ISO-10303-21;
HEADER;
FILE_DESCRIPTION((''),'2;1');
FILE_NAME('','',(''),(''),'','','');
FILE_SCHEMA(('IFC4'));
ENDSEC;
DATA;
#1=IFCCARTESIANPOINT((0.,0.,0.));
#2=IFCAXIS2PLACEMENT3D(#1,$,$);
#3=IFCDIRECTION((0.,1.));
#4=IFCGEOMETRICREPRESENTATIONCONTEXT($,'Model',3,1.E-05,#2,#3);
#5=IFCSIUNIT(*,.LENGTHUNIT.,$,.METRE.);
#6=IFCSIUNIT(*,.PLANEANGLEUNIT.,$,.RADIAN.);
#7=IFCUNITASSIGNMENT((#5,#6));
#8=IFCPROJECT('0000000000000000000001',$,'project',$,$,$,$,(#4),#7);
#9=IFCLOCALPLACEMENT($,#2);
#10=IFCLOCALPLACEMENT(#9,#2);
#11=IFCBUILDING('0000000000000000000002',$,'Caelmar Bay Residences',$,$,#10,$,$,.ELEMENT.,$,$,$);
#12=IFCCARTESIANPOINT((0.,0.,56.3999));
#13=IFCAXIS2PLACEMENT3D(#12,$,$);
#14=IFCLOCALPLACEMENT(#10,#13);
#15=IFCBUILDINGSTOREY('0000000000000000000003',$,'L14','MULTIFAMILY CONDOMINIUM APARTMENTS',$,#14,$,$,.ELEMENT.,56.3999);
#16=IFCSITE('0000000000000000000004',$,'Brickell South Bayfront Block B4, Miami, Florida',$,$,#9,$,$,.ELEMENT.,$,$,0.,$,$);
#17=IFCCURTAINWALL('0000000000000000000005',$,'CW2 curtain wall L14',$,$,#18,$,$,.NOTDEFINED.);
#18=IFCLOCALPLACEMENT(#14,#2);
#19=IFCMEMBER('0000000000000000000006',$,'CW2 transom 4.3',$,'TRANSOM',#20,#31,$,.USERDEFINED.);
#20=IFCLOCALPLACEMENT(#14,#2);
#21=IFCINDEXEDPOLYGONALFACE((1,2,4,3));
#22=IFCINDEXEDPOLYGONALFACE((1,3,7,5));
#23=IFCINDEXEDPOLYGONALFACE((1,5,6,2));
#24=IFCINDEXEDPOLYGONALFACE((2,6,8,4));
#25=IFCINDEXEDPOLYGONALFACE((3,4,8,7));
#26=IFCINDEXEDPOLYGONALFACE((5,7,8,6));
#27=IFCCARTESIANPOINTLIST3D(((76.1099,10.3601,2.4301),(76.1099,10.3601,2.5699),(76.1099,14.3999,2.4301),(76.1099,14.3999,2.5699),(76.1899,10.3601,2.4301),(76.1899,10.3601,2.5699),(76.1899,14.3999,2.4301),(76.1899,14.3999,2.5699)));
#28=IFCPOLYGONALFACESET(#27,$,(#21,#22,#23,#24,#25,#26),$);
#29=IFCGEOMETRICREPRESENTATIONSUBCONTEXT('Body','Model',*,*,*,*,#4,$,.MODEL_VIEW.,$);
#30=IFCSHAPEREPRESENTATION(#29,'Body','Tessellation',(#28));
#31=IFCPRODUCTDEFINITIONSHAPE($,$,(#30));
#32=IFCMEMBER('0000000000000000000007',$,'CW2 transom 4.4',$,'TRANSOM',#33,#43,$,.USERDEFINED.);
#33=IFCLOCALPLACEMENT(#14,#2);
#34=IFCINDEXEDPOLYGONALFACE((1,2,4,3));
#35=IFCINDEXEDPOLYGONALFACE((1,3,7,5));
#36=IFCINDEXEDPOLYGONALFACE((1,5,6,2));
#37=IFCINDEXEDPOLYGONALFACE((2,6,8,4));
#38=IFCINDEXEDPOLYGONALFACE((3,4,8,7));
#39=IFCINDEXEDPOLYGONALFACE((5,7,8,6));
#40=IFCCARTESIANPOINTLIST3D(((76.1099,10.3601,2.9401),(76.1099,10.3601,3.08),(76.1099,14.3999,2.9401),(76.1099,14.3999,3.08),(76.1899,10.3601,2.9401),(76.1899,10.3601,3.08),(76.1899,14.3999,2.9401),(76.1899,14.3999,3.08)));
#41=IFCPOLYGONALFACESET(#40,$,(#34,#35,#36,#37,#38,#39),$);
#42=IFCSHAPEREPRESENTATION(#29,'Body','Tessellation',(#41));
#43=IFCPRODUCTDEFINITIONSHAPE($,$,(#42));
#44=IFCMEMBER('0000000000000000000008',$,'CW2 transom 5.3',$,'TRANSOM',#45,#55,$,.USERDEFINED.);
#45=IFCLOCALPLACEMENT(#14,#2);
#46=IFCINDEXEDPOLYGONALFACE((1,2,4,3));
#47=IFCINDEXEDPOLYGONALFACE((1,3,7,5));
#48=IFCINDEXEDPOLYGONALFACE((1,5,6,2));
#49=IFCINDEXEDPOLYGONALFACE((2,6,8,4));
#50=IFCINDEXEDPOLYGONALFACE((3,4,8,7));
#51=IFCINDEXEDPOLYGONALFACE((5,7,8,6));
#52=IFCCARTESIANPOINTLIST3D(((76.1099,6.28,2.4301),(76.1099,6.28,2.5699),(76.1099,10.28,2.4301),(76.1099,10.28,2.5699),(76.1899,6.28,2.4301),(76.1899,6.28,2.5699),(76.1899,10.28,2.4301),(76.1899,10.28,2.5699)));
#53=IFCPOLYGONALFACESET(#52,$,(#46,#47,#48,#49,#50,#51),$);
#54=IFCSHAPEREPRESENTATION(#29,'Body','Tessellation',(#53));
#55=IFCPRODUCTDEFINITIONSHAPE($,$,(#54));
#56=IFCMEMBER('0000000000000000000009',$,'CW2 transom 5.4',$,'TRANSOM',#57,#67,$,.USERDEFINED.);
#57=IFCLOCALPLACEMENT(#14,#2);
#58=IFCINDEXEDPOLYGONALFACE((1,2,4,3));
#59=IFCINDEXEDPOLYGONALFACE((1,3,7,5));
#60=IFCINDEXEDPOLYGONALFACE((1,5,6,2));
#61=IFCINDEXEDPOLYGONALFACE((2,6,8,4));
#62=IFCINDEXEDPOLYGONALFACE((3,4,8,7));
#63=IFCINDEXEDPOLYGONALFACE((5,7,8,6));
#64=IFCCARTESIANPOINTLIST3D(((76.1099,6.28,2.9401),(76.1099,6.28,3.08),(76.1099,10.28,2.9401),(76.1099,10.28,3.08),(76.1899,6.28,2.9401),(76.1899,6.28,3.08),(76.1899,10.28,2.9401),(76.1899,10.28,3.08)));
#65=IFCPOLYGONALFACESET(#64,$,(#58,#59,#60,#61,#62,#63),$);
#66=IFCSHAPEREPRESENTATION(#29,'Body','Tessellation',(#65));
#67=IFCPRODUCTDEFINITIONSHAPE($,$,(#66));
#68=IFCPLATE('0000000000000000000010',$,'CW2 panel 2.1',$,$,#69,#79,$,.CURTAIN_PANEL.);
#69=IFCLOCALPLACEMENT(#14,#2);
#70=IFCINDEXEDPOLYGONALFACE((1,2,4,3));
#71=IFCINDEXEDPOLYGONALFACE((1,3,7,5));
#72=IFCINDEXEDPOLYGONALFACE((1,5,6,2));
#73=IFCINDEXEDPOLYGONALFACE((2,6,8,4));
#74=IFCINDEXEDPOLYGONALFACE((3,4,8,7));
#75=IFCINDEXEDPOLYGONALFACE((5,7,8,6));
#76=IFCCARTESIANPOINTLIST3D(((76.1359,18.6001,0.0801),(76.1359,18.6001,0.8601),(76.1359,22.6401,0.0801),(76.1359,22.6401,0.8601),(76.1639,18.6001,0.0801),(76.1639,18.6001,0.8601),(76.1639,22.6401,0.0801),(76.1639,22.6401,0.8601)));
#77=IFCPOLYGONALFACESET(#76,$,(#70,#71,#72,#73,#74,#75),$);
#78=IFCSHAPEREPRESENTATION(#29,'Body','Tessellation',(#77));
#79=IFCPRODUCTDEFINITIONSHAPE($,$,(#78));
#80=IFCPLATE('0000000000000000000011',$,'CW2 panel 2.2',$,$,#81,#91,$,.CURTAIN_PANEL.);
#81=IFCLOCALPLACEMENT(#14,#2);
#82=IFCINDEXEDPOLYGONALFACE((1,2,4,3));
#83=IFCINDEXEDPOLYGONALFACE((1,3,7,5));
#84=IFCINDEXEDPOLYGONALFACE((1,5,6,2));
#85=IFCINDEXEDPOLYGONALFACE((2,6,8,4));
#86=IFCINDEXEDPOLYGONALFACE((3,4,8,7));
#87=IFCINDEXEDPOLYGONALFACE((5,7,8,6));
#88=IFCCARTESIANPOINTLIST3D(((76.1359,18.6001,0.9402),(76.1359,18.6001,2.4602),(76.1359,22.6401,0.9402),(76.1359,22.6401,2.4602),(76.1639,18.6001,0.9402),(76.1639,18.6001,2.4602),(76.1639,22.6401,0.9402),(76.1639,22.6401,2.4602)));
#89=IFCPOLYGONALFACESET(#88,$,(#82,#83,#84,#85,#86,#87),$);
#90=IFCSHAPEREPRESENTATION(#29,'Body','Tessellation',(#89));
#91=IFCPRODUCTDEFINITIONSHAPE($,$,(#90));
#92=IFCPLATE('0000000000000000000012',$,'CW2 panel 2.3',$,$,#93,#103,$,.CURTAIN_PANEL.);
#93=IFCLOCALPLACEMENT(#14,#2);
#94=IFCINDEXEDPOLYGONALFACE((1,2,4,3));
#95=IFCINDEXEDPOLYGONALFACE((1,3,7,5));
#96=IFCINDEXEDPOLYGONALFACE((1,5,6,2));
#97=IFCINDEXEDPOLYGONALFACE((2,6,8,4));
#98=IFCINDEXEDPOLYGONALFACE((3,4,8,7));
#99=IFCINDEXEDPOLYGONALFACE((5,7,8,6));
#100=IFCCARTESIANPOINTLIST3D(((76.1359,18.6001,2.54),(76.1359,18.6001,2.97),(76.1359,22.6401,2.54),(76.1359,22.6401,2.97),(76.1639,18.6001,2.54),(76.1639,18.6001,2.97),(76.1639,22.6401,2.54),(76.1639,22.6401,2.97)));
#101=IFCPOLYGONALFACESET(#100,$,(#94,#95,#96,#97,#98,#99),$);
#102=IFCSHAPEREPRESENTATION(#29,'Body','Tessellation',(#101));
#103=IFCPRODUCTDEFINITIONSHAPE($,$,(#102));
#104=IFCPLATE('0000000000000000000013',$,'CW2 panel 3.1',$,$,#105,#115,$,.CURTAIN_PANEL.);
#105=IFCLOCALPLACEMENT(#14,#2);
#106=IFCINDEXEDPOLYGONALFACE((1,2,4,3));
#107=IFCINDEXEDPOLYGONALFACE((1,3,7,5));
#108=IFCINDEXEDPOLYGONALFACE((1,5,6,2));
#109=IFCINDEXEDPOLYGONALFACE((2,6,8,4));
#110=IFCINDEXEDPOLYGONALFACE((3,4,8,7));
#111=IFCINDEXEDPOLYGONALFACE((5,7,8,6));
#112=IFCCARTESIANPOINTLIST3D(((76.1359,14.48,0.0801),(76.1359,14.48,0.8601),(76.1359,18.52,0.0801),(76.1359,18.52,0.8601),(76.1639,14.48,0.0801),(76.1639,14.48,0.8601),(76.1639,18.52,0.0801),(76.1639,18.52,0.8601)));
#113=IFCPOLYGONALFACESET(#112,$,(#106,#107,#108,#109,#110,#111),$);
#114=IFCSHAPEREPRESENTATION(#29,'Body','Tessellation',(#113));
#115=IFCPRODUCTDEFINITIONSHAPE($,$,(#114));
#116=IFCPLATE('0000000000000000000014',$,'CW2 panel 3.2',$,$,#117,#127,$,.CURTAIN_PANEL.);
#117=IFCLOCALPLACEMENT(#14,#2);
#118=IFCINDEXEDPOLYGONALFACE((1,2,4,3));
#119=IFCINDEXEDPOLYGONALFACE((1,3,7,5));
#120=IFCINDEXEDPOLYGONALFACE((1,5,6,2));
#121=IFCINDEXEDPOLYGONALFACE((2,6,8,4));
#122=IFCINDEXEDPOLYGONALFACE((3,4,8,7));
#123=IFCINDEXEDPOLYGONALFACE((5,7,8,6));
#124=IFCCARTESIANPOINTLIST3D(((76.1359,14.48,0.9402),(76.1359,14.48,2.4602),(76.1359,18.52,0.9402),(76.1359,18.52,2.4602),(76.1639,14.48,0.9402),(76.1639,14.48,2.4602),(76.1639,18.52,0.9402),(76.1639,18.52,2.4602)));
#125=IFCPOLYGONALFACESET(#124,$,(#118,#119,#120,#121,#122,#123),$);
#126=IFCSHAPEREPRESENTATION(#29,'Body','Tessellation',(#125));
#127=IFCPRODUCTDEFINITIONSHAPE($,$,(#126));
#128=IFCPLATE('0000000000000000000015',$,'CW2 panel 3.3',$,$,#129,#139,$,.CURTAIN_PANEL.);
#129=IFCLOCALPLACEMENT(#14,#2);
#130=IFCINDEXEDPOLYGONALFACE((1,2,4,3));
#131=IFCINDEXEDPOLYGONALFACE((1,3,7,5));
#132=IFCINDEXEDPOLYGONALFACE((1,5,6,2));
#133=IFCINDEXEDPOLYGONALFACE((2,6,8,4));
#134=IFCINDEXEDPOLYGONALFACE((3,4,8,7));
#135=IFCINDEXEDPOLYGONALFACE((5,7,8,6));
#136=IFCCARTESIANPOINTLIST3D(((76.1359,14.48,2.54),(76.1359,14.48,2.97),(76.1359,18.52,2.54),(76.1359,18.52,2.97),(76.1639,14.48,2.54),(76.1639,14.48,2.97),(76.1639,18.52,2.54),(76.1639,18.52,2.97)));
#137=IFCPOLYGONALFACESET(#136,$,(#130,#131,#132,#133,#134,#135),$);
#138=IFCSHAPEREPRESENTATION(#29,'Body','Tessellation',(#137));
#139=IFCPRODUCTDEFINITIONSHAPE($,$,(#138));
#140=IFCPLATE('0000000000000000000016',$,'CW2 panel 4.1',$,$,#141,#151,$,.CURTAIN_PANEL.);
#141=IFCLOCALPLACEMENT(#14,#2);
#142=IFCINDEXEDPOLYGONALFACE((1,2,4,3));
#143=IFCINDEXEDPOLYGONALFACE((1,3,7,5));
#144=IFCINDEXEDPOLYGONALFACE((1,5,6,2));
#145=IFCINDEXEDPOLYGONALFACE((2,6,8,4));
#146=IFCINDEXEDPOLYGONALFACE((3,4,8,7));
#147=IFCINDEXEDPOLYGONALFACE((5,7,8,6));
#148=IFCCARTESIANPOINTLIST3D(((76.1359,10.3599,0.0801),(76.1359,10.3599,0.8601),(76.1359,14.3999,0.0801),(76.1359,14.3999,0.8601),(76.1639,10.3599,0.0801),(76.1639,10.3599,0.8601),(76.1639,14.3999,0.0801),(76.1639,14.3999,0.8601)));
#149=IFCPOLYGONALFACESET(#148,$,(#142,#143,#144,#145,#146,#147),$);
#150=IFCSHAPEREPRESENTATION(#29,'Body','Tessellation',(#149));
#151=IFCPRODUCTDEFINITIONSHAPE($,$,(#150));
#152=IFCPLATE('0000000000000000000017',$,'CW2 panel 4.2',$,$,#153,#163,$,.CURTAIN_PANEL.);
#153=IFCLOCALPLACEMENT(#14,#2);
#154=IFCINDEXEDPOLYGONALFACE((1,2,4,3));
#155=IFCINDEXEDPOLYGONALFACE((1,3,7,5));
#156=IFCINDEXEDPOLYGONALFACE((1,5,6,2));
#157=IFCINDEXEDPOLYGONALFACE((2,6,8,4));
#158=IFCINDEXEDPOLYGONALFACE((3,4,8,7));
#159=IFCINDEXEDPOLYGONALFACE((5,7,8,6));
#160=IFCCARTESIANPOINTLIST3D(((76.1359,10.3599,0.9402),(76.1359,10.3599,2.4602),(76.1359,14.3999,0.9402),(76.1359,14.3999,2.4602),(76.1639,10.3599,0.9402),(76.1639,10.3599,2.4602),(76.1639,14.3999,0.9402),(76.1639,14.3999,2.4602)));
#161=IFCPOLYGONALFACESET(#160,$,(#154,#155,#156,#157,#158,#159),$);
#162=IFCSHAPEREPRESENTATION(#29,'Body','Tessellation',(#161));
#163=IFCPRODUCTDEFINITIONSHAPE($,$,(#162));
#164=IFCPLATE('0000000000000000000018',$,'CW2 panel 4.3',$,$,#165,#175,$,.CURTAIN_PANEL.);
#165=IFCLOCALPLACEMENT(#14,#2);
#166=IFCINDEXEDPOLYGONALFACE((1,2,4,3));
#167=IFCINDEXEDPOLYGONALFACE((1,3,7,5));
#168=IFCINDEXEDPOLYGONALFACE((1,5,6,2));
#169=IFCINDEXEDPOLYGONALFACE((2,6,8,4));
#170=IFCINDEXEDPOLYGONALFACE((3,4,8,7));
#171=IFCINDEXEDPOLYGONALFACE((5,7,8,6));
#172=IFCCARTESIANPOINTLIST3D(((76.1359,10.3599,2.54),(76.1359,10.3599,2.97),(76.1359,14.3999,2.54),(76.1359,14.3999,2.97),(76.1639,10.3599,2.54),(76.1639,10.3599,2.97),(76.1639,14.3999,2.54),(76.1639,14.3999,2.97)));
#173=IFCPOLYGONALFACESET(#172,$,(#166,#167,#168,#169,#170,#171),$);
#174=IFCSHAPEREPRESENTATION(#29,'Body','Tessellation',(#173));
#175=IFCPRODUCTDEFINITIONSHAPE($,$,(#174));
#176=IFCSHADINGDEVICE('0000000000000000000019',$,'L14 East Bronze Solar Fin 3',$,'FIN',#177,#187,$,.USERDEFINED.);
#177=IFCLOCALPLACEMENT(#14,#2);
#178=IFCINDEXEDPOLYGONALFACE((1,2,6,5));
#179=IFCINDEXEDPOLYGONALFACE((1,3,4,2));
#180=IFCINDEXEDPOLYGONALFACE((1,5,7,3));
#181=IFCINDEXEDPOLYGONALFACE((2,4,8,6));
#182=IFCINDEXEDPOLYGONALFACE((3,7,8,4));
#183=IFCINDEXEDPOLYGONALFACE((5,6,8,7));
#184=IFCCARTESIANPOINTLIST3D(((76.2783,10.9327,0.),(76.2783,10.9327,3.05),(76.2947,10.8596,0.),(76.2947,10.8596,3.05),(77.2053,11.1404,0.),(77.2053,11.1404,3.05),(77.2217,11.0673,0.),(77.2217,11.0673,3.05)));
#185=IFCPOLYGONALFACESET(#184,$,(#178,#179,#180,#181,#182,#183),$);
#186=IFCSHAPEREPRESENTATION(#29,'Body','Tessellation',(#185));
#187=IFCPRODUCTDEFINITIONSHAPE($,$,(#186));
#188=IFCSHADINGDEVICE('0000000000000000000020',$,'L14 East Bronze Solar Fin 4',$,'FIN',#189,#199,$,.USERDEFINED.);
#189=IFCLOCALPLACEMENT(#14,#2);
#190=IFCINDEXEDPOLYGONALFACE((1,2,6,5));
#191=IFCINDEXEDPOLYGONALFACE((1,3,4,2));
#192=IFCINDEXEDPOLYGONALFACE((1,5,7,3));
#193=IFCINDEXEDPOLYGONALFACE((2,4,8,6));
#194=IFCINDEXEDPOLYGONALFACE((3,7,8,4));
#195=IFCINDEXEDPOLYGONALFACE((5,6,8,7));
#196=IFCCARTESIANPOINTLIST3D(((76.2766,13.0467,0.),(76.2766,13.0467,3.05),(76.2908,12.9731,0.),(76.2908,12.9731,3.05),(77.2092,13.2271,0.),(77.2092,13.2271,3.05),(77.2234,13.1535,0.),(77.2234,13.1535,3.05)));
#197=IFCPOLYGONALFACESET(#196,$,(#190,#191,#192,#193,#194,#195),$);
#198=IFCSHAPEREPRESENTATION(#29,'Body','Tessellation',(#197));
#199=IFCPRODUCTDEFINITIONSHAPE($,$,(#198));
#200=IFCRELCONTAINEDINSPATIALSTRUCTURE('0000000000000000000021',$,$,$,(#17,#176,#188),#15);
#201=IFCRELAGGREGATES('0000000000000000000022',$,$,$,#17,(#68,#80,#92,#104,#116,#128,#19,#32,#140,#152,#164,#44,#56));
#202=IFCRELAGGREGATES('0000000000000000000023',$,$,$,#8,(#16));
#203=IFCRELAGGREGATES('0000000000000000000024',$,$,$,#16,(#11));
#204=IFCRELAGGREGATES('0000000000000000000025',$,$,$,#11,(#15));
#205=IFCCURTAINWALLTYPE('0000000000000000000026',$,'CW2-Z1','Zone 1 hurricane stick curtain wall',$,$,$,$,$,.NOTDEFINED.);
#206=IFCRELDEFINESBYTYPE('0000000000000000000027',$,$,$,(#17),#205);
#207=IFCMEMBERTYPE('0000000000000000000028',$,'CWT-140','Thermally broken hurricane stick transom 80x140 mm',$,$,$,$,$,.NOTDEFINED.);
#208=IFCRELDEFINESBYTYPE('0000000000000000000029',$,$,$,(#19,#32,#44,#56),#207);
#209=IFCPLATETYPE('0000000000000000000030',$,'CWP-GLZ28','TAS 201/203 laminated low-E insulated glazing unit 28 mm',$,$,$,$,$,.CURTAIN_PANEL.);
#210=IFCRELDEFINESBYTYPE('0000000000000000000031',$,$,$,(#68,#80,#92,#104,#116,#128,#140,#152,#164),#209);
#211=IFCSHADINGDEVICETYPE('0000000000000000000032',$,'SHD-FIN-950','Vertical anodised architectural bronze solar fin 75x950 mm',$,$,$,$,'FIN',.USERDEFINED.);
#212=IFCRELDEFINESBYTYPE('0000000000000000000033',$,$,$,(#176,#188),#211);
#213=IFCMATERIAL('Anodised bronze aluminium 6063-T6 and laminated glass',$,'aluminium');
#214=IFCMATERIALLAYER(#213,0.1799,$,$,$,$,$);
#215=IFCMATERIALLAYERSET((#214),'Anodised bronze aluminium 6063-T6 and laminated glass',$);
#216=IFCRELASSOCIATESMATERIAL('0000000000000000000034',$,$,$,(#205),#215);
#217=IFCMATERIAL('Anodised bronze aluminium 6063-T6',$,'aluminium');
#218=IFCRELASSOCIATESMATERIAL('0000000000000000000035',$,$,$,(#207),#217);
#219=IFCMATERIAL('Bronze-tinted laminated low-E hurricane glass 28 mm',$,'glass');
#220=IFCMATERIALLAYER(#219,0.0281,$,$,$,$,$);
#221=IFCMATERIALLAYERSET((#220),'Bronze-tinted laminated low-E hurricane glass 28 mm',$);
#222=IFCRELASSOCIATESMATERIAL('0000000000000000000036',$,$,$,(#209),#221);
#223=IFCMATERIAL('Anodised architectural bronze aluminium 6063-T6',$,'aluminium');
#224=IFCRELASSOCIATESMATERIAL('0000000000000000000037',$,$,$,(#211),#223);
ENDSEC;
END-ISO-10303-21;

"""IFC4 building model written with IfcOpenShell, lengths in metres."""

from ifc_helpers import new_model, si_unit, direction, frame, origin, origin_2d, place, context, subcontext, project, spatial, rectangle, extrude, material, layer, layer_set, material_profile, profile_set, type_object, element, aggregate, save


model = new_model("IFC4")

# Units and contexts
model_context = context("Model", 3, precision=1e-05, world=origin(), true_north=direction((0.0, 1.0)))
body_context = subcontext(model_context, "Body", "Model", "MODEL_VIEW")
ifc_project = project(units=[si_unit("LENGTHUNIT", "METRE"), si_unit("PLANEANGLEUNIT", "RADIAN")], contexts=[model_context])

# Site, building, storey
site_placement = place(None, origin())
site = spatial("IfcSite", under=ifc_project, at=site_placement, Name="Brickell South Bayfront Block B4, Miami, Florida", CompositionType="ELEMENT", RefElevation=0.0)
building_placement = place(site_placement, origin())
building = spatial("IfcBuilding", under=site, at=building_placement, Name="Caelmar Bay Residences", CompositionType="ELEMENT")
storey_placement = place(building_placement, frame((0.0, 0.0, 56.3999)))
storey = spatial("IfcBuildingStorey", under=building, at=storey_placement, Name="L14", Description="MULTIFAMILY CONDOMINIUM APARTMENTS", CompositionType="ELEMENT", Elevation=56.3999)

# Curtain wall, members, plates
ifc_material_1 = material(Name="Anodised bronze aluminium 6063-T6 and laminated glass", Category="aluminium")
ifc_layer_1 = layer(ifc_material_1, 0.1799)
ifc_layer_set_1 = layer_set([ifc_layer_1], Name="Anodised bronze aluminium 6063-T6 and laminated glass")
curtain_wall_type = type_object("IfcCurtainWallType", Name="CW2-Z1", Description="Zone 1 hurricane stick curtain wall", PredefinedType="NOTDEFINED", material=ifc_layer_set_1)
curtain_wall_placement = place(storey_placement, origin())
curtain_wall = element("IfcCurtainWall", 1, at=curtain_wall_placement, inside=storey, type_object=curtain_wall_type, Name="CW2 curtain wall L14", PredefinedType="NOTDEFINED")
ifc_material_2 = material(Name="Anodised bronze aluminium 6063-T6", Category="aluminium")
ifc_material_profile_1 = material_profile(ifc_material_2, rectangle(XDim=0.0801, YDim=0.1399, at=origin_2d()), Name="CWT-80X140")
ifc_profile_set_1 = profile_set([ifc_material_profile_1], Name="Anodised bronze aluminium 6063-T6")
member_type_1 = type_object("IfcMemberType", Name="CWT-140", Description="Thermally broken hurricane stick transom 80x140 mm", PredefinedType="NOTDEFINED", material=ifc_profile_set_1)
member_1_placement = place(storey_placement, frame((76.1499, 14.3999, 2.5), z_axis=(0.0, -1.0, 0.0), x_axis=(1.0, 0.0, 0.0)))
member_1 = element("IfcMember", 2, at=member_1_placement, type_object=member_type_1, Name="CW2 transom 4.3", ObjectType="TRANSOM", PredefinedType="USERDEFINED", context=body_context, shape_type="SweptSolid", body=[
    extrude(rectangle(XDim=0.0801, YDim=0.1399, at=origin_2d()), origin(), (0.0, 0.0, 1.0), 4.0398),
])
member_2_placement = place(storey_placement, frame((76.1499, 14.3999, 3.01), z_axis=(0.0, -1.0, 0.0), x_axis=(1.0, 0.0, 0.0)))
member_2 = element("IfcMember", 3, at=member_2_placement, type_object=member_type_1, Name="CW2 transom 4.4", ObjectType="TRANSOM", PredefinedType="USERDEFINED", context=body_context, shape_type="SweptSolid", body=[
    extrude(rectangle(XDim=0.0801, YDim=0.1399, at=origin_2d()), origin(), (0.0, 0.0, 1.0), 4.0398),
])
member_3_placement = place(storey_placement, frame((76.1499, 10.28, 2.5), z_axis=(0.0, -1.0, 0.0), x_axis=(1.0, 0.0, 0.0)))
member_3 = element("IfcMember", 4, at=member_3_placement, type_object=member_type_1, Name="CW2 transom 5.3", ObjectType="TRANSOM", PredefinedType="USERDEFINED", context=body_context, shape_type="SweptSolid", body=[
    extrude(rectangle(XDim=0.0801, YDim=0.1399, at=origin_2d()), origin(), (0.0, 0.0, 1.0), 4.0),
])
member_4_placement = place(storey_placement, frame((76.1499, 10.28, 3.01), z_axis=(0.0, -1.0, 0.0), x_axis=(1.0, 0.0, 0.0)))
member_4 = element("IfcMember", 5, at=member_4_placement, type_object=member_type_1, Name="CW2 transom 5.4", ObjectType="TRANSOM", PredefinedType="USERDEFINED", context=body_context, shape_type="SweptSolid", body=[
    extrude(rectangle(XDim=0.0801, YDim=0.1399, at=origin_2d()), origin(), (0.0, 0.0, 1.0), 4.0),
])
ifc_material_3 = material(Name="Bronze-tinted laminated low-E hurricane glass 28 mm", Category="glass")
ifc_layer_2 = layer(ifc_material_3, 0.0281)
ifc_layer_set_2 = layer_set([ifc_layer_2], Name="Bronze-tinted laminated low-E hurricane glass 28 mm")
plate_type = type_object("IfcPlateType", Name="CWP-GLZ28", Description="TAS 201/203 laminated low-E insulated glazing unit 28 mm", PredefinedType="CURTAIN_PANEL", material=ifc_layer_set_2)
plate_1_placement = place(storey_placement, frame((76.1499, 20.6201, 0.0801), z_axis=(0.0, 0.0, 1.0), x_axis=(0.0, -1.0, 0.0)))
plate_1 = element("IfcPlate", 6, at=plate_1_placement, type_object=plate_type, Name="CW2 panel 2.1", PredefinedType="CURTAIN_PANEL", context=body_context, shape_type="SweptSolid", body=[
    extrude(rectangle(XDim=4.04, YDim=0.0281, at=origin_2d()), origin(), (0.0, 0.0, 1.0), 0.78),
])
plate_2_placement = place(storey_placement, frame((76.1499, 20.6201, 0.9402), z_axis=(0.0, 0.0, 1.0), x_axis=(0.0, -1.0, 0.0)))
plate_2 = element("IfcPlate", 7, at=plate_2_placement, type_object=plate_type, Name="CW2 panel 2.2", PredefinedType="CURTAIN_PANEL", context=body_context, shape_type="SweptSolid", body=[
    extrude(rectangle(XDim=4.04, YDim=0.0281, at=origin_2d()), origin(), (0.0, 0.0, 1.0), 1.52),
])
plate_3_placement = place(storey_placement, frame((76.1499, 20.6201, 2.54), z_axis=(0.0, 0.0, 1.0), x_axis=(0.0, -1.0, 0.0)))
plate_3 = element("IfcPlate", 8, at=plate_3_placement, type_object=plate_type, Name="CW2 panel 2.3", PredefinedType="CURTAIN_PANEL", context=body_context, shape_type="SweptSolid", body=[
    extrude(rectangle(XDim=4.04, YDim=0.0281, at=origin_2d()), origin(), (0.0, 0.0, 1.0), 0.4299),
])
plate_4_placement = place(storey_placement, frame((76.1499, 16.5, 0.0801), z_axis=(0.0, 0.0, 1.0), x_axis=(0.0, -1.0, 0.0)))
plate_4 = element("IfcPlate", 9, at=plate_4_placement, type_object=plate_type, Name="CW2 panel 3.1", PredefinedType="CURTAIN_PANEL", context=body_context, shape_type="SweptSolid", body=[
    extrude(rectangle(XDim=4.04, YDim=0.0281, at=origin_2d()), origin(), (0.0, 0.0, 1.0), 0.78),
])
plate_5_placement = place(storey_placement, frame((76.1499, 16.5, 0.9402), z_axis=(0.0, 0.0, 1.0), x_axis=(0.0, -1.0, 0.0)))
plate_5 = element("IfcPlate", 10, at=plate_5_placement, type_object=plate_type, Name="CW2 panel 3.2", PredefinedType="CURTAIN_PANEL", context=body_context, shape_type="SweptSolid", body=[
    extrude(rectangle(XDim=4.04, YDim=0.0281, at=origin_2d()), origin(), (0.0, 0.0, 1.0), 1.52),
])
plate_6_placement = place(storey_placement, frame((76.1499, 16.5, 2.54), z_axis=(0.0, 0.0, 1.0), x_axis=(0.0, -1.0, 0.0)))
plate_6 = element("IfcPlate", 11, at=plate_6_placement, type_object=plate_type, Name="CW2 panel 3.3", PredefinedType="CURTAIN_PANEL", context=body_context, shape_type="SweptSolid", body=[
    extrude(rectangle(XDim=4.04, YDim=0.0281, at=origin_2d()), origin(), (0.0, 0.0, 1.0), 0.4299),
])
plate_7_placement = place(storey_placement, frame((76.1499, 12.3799, 0.0801), z_axis=(0.0, 0.0, 1.0), x_axis=(0.0, -1.0, 0.0)))
plate_7 = element("IfcPlate", 12, at=plate_7_placement, type_object=plate_type, Name="CW2 panel 4.1", PredefinedType="CURTAIN_PANEL", context=body_context, shape_type="SweptSolid", body=[
    extrude(rectangle(XDim=4.04, YDim=0.0281, at=origin_2d()), origin(), (0.0, 0.0, 1.0), 0.78),
])
plate_8_placement = place(storey_placement, frame((76.1499, 12.3799, 0.9402), z_axis=(0.0, 0.0, 1.0), x_axis=(0.0, -1.0, 0.0)))
plate_8 = element("IfcPlate", 13, at=plate_8_placement, type_object=plate_type, Name="CW2 panel 4.2", PredefinedType="CURTAIN_PANEL", context=body_context, shape_type="SweptSolid", body=[
    extrude(rectangle(XDim=4.04, YDim=0.0281, at=origin_2d()), origin(), (0.0, 0.0, 1.0), 1.52),
])
plate_9_placement = place(storey_placement, frame((76.1499, 12.3799, 2.54), z_axis=(0.0, 0.0, 1.0), x_axis=(0.0, -1.0, 0.0)))
plate_9 = element("IfcPlate", 14, at=plate_9_placement, type_object=plate_type, Name="CW2 panel 4.3", PredefinedType="CURTAIN_PANEL", context=body_context, shape_type="SweptSolid", body=[
    extrude(rectangle(XDim=4.04, YDim=0.0281, at=origin_2d()), origin(), (0.0, 0.0, 1.0), 0.4299),
])
aggregate(curtain_wall, [plate_1, plate_2, plate_3, plate_4, plate_5, plate_6, member_1, member_2, plate_7, plate_8, plate_9, member_3, member_4])

# Shading devices
ifc_material_4 = material(Name="Anodised architectural bronze aluminium 6063-T6", Category="aluminium")
ifc_material_profile_2 = material_profile(ifc_material_4, rectangle(XDim=0.075, YDim=0.95, at=origin_2d()), Name="BRONZE-FIN-75X950")
ifc_profile_set_2 = profile_set([ifc_material_profile_2], Name="Anodised architectural bronze aluminium 6063-T6")
shading_device_type = type_object("IfcShadingDeviceType", Name="SHD-FIN-950", Description="Vertical anodised architectural bronze solar fin 75x950 mm", ElementType="FIN", PredefinedType="USERDEFINED", material=ifc_profile_set_2)
for number, where, z_axis, x_axis, name in (
    (15, (76.75, 11.0, 0.0), (0.0, 0.0, 1.0), (-0.218654, 0.975802, 0.0), "L14 East Bronze Solar Fin 3"),
    (16, (76.75, 13.1001, 0.0), (0.0, 0.0, 1.0), (-0.189952, 0.981793, 0.0), "L14 East Bronze Solar Fin 4"),
):
    element("IfcShadingDevice", number, at=place(storey_placement, frame(where, z_axis=z_axis, x_axis=x_axis)), inside=storey, type_object=shading_device_type, Name=name, ObjectType="FIN", PredefinedType="USERDEFINED", context=body_context, shape_type="SweptSolid", body=[
        extrude(rectangle(XDim=0.075, YDim=0.95, at=origin_2d()), origin(), (0.0, 0.0, 1.0), 3.05),
    ])

save(model, "model.ifc")
